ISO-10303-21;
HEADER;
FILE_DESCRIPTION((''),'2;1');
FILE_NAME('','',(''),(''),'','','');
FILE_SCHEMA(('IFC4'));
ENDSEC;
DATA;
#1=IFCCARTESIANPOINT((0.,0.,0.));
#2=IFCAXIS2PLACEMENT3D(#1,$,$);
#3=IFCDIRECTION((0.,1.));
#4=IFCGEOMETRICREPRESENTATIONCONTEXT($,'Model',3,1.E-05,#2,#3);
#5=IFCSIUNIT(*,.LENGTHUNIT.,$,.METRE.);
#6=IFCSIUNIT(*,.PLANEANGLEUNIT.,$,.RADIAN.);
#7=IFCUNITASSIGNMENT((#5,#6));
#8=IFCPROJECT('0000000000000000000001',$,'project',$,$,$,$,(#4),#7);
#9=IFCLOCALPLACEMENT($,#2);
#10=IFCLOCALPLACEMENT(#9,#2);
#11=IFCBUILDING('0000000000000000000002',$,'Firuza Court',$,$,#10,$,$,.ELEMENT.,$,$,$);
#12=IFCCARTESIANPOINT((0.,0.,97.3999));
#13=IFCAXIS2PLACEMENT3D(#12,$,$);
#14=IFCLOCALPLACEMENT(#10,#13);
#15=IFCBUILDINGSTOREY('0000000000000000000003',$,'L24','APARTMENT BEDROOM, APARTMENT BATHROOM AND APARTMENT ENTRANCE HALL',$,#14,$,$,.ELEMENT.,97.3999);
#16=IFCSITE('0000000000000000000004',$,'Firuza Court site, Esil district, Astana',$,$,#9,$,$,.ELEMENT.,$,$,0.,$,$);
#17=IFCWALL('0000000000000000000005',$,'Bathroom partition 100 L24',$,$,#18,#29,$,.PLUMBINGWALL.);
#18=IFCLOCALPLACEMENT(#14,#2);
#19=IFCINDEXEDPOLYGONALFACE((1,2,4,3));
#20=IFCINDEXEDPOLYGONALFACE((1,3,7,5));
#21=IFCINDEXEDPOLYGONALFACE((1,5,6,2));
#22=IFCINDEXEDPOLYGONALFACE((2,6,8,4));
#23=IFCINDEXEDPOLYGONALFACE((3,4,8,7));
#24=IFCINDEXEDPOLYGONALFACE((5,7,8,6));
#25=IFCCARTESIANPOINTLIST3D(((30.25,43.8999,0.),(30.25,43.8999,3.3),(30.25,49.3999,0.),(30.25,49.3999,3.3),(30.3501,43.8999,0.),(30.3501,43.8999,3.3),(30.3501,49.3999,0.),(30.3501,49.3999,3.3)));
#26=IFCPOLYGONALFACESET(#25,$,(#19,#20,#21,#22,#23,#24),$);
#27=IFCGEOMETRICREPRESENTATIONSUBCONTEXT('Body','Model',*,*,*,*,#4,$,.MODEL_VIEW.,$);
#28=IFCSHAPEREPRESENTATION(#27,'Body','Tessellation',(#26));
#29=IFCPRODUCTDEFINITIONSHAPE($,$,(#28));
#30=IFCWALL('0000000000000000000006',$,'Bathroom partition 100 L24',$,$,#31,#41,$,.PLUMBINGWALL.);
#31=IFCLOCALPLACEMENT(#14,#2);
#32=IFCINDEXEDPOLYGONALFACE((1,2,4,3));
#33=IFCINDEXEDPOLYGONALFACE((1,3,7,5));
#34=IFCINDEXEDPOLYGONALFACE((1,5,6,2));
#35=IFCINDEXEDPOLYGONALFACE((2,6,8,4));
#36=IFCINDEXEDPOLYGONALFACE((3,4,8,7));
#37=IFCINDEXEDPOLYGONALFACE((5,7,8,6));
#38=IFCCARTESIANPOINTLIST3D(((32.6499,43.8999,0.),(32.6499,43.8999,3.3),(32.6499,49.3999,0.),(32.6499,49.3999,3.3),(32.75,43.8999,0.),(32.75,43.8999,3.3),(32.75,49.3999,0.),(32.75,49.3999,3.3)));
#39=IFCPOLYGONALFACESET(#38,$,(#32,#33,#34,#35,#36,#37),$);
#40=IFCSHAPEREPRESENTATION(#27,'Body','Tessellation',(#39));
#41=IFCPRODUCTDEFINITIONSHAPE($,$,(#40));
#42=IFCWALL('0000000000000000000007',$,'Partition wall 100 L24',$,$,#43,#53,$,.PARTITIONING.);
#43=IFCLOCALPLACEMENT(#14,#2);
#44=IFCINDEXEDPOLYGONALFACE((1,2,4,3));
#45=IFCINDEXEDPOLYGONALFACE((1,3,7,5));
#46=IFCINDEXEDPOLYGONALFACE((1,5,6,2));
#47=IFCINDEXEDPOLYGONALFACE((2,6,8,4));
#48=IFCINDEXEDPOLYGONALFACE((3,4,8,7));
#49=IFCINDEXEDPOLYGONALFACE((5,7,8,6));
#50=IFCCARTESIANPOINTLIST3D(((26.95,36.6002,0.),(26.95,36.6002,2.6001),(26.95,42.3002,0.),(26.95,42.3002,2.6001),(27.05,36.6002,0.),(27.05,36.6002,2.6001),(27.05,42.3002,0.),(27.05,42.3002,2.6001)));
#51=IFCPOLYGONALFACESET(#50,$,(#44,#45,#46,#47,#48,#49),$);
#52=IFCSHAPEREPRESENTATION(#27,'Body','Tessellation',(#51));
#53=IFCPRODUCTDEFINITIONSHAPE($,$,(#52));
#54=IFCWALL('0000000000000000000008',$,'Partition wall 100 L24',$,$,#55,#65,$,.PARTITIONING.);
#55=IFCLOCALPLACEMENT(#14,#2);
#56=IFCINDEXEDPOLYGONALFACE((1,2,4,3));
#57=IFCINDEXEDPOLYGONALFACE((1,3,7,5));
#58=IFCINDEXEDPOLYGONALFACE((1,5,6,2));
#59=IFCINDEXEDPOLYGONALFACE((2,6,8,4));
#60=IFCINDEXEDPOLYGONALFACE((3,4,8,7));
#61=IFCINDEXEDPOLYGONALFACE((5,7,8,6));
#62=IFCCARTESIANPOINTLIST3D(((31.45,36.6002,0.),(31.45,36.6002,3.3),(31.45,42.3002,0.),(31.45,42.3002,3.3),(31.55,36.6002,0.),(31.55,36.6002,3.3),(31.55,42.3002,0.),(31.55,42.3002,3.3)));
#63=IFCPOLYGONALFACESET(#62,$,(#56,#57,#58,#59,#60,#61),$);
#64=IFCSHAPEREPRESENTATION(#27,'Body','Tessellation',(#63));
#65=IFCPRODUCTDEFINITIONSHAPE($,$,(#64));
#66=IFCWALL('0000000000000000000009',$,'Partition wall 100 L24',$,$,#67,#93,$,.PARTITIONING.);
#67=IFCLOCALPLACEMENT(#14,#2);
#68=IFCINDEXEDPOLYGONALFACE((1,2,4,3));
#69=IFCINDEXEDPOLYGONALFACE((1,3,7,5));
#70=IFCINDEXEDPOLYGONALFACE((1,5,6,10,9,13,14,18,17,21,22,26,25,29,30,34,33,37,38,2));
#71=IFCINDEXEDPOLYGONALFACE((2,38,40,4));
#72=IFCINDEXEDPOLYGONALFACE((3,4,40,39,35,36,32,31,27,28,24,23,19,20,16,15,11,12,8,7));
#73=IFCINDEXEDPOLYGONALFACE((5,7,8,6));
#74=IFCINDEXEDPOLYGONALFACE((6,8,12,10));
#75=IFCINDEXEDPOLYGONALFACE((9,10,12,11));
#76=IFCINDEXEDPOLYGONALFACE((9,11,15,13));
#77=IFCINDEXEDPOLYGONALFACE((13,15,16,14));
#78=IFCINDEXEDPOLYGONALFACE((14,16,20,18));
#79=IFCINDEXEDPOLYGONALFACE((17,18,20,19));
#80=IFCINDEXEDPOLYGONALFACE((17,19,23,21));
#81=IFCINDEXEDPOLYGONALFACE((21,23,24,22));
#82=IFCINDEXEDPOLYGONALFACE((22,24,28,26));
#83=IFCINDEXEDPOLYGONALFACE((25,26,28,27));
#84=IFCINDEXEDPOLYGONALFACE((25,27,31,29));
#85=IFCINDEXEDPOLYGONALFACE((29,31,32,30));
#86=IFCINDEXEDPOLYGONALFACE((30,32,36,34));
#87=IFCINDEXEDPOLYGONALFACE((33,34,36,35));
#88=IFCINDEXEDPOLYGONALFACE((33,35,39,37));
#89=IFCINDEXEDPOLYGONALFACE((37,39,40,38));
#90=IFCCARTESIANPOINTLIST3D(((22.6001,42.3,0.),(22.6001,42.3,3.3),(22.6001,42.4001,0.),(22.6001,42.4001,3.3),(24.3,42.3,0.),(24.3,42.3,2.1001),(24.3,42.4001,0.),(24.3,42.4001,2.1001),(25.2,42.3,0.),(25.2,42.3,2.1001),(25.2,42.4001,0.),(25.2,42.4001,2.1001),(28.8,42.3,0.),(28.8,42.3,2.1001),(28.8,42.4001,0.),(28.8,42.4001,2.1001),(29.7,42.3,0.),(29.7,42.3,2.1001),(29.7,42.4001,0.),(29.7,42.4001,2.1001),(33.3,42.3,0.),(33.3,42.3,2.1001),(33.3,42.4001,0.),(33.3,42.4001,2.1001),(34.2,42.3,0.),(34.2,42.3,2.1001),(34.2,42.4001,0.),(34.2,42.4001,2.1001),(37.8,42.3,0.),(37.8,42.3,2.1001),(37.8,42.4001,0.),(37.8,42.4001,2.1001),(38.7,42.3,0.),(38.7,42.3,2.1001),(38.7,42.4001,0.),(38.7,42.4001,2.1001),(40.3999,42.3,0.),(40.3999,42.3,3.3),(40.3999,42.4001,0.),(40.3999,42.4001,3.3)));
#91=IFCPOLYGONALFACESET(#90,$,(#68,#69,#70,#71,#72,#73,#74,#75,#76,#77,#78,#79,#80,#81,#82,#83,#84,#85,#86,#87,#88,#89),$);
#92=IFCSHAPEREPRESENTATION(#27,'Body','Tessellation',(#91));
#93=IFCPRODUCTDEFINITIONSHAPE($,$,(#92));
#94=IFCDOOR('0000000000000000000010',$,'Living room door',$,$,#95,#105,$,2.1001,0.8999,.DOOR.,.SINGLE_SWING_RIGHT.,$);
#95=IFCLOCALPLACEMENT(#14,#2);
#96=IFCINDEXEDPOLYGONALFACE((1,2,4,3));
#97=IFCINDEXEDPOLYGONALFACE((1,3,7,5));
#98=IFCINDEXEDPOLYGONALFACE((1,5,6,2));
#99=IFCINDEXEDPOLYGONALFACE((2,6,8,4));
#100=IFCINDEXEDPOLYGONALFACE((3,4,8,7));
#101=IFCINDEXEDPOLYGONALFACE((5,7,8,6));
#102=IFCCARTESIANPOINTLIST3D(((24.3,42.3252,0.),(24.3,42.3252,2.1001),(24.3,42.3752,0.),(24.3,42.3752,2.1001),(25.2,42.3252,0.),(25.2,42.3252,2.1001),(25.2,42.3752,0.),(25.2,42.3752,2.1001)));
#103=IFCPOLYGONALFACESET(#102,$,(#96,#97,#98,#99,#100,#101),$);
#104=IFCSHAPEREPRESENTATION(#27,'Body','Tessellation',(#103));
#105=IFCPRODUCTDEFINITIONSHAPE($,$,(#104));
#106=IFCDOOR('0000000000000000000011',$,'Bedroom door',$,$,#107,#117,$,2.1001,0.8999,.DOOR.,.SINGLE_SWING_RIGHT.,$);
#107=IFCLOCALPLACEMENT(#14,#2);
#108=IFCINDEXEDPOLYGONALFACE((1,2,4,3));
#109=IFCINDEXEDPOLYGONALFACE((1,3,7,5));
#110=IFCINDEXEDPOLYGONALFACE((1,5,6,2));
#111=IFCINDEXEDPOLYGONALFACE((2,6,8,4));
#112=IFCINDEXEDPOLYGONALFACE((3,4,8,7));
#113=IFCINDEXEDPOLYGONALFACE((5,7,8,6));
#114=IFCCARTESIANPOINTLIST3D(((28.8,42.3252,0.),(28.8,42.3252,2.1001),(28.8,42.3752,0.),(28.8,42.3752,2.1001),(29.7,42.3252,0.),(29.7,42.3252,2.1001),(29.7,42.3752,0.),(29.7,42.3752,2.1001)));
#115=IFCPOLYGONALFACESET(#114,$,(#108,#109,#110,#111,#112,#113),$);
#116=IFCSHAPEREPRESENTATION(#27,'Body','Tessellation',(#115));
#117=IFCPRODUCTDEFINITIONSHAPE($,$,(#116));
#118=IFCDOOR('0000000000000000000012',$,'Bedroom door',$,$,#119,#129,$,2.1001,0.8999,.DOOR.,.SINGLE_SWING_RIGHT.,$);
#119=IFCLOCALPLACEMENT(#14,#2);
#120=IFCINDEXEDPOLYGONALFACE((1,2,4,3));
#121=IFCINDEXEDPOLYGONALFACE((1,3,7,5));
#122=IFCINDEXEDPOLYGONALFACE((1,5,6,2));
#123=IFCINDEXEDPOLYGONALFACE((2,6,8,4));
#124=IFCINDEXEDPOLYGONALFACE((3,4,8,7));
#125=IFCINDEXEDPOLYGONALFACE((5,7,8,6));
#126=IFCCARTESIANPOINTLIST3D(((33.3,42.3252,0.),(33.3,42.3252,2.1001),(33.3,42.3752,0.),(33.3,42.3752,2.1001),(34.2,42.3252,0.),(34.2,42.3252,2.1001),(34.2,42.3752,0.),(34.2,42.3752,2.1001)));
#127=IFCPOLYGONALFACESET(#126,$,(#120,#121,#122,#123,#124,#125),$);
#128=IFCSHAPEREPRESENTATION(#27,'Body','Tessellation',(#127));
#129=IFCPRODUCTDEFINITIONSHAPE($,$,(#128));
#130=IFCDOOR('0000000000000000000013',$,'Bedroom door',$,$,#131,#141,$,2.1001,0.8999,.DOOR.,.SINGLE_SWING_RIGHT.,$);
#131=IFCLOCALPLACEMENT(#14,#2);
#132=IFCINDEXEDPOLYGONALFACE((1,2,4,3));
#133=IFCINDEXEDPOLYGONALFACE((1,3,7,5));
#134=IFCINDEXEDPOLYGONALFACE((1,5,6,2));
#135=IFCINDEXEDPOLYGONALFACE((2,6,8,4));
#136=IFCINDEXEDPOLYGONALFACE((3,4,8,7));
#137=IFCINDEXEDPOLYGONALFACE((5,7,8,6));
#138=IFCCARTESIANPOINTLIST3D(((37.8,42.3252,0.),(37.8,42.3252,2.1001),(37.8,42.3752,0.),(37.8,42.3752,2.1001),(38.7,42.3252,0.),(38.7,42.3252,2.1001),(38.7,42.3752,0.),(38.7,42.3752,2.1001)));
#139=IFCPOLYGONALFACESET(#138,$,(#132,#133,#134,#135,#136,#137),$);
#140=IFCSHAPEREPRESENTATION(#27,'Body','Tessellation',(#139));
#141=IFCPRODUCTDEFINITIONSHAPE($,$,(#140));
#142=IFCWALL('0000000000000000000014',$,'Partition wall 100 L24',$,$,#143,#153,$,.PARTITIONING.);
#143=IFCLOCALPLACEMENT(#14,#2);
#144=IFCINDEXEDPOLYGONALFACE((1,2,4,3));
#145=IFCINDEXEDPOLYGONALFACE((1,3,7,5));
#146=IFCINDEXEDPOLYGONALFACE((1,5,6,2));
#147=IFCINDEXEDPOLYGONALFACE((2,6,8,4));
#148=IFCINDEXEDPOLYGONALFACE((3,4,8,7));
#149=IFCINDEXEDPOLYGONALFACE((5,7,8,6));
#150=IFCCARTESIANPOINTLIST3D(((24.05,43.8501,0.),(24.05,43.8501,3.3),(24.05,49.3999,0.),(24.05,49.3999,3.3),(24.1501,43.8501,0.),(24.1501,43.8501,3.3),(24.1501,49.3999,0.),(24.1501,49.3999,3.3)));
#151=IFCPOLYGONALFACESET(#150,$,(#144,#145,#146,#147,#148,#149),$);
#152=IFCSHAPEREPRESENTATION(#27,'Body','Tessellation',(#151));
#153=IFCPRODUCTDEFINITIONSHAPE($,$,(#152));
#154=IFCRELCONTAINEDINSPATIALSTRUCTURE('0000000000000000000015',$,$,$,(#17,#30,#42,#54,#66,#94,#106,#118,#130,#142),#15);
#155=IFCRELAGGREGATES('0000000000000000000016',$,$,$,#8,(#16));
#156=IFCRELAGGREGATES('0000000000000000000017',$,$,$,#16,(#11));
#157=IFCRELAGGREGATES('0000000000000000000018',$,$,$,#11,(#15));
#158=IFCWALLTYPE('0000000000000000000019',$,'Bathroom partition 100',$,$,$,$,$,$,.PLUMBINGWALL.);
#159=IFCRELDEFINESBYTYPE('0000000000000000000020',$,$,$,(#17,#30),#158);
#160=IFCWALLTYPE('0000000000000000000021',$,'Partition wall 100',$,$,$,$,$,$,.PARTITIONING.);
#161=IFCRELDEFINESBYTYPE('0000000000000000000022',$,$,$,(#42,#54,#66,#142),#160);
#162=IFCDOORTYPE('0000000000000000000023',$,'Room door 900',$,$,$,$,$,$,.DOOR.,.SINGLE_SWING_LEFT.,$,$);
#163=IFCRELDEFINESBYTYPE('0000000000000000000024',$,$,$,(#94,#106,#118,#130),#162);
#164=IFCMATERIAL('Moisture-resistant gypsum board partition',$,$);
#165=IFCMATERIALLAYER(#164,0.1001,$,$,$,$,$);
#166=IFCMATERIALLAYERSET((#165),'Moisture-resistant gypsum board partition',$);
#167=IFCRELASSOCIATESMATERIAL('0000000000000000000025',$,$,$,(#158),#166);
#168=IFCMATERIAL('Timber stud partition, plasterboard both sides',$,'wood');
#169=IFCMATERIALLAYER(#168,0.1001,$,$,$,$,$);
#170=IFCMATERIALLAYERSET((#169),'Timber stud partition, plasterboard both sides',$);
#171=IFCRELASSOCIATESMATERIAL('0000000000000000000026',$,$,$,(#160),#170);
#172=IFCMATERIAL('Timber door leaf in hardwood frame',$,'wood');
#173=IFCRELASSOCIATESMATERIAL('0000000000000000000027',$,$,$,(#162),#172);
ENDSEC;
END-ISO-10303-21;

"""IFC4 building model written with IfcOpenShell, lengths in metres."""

from ifc_helpers import new_model, si_unit, direction, frame, frame_2d, origin, place, context, subcontext, project, spatial, rectangle, extrude, material, layer, layer_set, type_object, element, fill, save


model = new_model("IFC4")

# Units and contexts
model_context = context("Model", 3, precision=1e-05, world=origin(), true_north=direction((0.0, 1.0)))
body_context = subcontext(model_context, "Body", "Model", "MODEL_VIEW")
ifc_project = project(units=[si_unit("LENGTHUNIT", "METRE"), si_unit("PLANEANGLEUNIT", "RADIAN")], contexts=[model_context])

# Site, building, storey
site_placement = place(None, origin())
site = spatial("IfcSite", under=ifc_project, at=site_placement, Name="Firuza Court site, Esil district, Astana", CompositionType="ELEMENT", RefElevation=0.0)
building_placement = place(site_placement, origin())
building = spatial("IfcBuilding", under=site, at=building_placement, Name="Firuza Court", CompositionType="ELEMENT")
storey_placement = place(building_placement, frame((0.0, 0.0, 97.3999)))
storey = spatial("IfcBuildingStorey", under=building, at=storey_placement, Name="L24", Description="APARTMENT BEDROOM, APARTMENT BATHROOM AND APARTMENT ENTRANCE HALL", CompositionType="ELEMENT", Elevation=97.3999)

# Walls
ifc_material_1 = material(Name="Moisture-resistant gypsum board partition")
ifc_layer_1 = layer(ifc_material_1, 0.1001)
ifc_layer_set_1 = layer_set([ifc_layer_1], Name="Moisture-resistant gypsum board partition")
wall_type_1 = type_object("IfcWallType", Name="Bathroom partition 100", PredefinedType="PLUMBINGWALL", material=ifc_layer_set_1)
for number, where, z_axis, x_axis, name in (
    (1, (30.3, 43.8999, 0.0), (0.0, 0.0, 1.0), (0.0, 1.0, 0.0), "Bathroom partition 100 L24"),
    (2, (32.7, 43.8999, 0.0), (0.0, 0.0, 1.0), (0.0, 1.0, 0.0), "Bathroom partition 100 L24"),
):
    element("IfcWall", number, at=place(storey_placement, frame(where, z_axis=z_axis, x_axis=x_axis)), inside=storey, type_object=wall_type_1, Name=name, PredefinedType="PLUMBINGWALL", context=body_context, shape_type="SweptSolid", body=[
        extrude(rectangle(XDim=5.5, YDim=0.1001, at=frame_2d((2.75, 0.0))), origin(), (0.0, 0.0, 1.0), 3.3),
    ])
ifc_material_2 = material(Name="Timber stud partition, plasterboard both sides", Category="wood")
ifc_layer_2 = layer(ifc_material_2, 0.1001)
ifc_layer_set_2 = layer_set([ifc_layer_2], Name="Timber stud partition, plasterboard both sides")
wall_type_2 = type_object("IfcWallType", Name="Partition wall 100", PredefinedType="PARTITIONING", material=ifc_layer_set_2)
wall_1_placement = place(storey_placement, frame((27.0, 36.6001, 0.0), z_axis=(0.0, 0.0, 1.0), x_axis=(0.0, 1.0, 0.0)))
element("IfcWall", 3, at=wall_1_placement, inside=storey, type_object=wall_type_2, Name="Partition wall 100 L24", PredefinedType="PARTITIONING", context=body_context, shape_type="SweptSolid", body=[
    extrude(rectangle(XDim=5.7, YDim=0.1001, at=frame_2d((2.8501, 0.0))), origin(), (0.0, 0.0, 1.0), 2.6001),
])
wall_2_placement = place(storey_placement, frame((31.5, 36.6001, 0.0), z_axis=(0.0, 0.0, 1.0), x_axis=(0.0, 1.0, 0.0)))
element("IfcWall", 4, at=wall_2_placement, inside=storey, type_object=wall_type_2, Name="Partition wall 100 L24", PredefinedType="PARTITIONING", context=body_context, shape_type="SweptSolid", body=[
    extrude(rectangle(XDim=5.7, YDim=0.1001, at=frame_2d((2.8501, 0.0))), origin(), (0.0, 0.0, 1.0), 3.3),
])

# Wall, openings, doors
wall_3_placement = place(storey_placement, frame((22.6001, 42.3501, 0.0), z_axis=(0.0, 0.0, 1.0), x_axis=(1.0, 0.0, 0.0)))
wall_3 = element("IfcWall", 5, at=wall_3_placement, inside=storey, type_object=wall_type_2, Name="Partition wall 100 L24", PredefinedType="PARTITIONING", context=body_context, shape_type="SweptSolid", body=[
    extrude(rectangle(XDim=17.7998, YDim=0.1001, at=frame_2d((8.8999, 0.0))), origin(), (0.0, 0.0, 1.0), 3.3),
])
opening_1_placement = place(wall_3_placement, frame((1.7, 0.0, 0.0)))
opening_1 = element("IfcOpeningElement", 6, at=opening_1_placement, cuts=wall_3, PredefinedType="OPENING", context=body_context, shape_type="SweptSolid", body=[
    extrude(rectangle(XDim=0.8999, YDim=2.1001, at=frame_2d((0.45, 1.05))), frame((0.0, 0.062, 0.0), z_axis=(0.0, -1.0, 0.0), x_axis=(1.0, 0.0, 0.0)), (0.0, 0.0, 1.0), 0.124),
])
opening_2_placement = place(wall_3_placement, frame((6.2, 0.0, 0.0)))
opening_2 = element("IfcOpeningElement", 7, at=opening_2_placement, cuts=wall_3, PredefinedType="OPENING", context=body_context, shape_type="SweptSolid", body=[
    extrude(rectangle(XDim=0.8999, YDim=2.1001, at=frame_2d((0.45, 1.05))), frame((0.0, 0.062, 0.0), z_axis=(0.0, -1.0, 0.0), x_axis=(1.0, 0.0, 0.0)), (0.0, 0.0, 1.0), 0.124),
])
opening_3_placement = place(wall_3_placement, frame((10.7, 0.0, 0.0)))
opening_3 = element("IfcOpeningElement", 8, at=opening_3_placement, cuts=wall_3, PredefinedType="OPENING", context=body_context, shape_type="SweptSolid", body=[
    extrude(rectangle(XDim=0.8999, YDim=2.1001, at=frame_2d((0.45, 1.05))), frame((0.0, 0.062, 0.0), z_axis=(0.0, -1.0, 0.0), x_axis=(1.0, 0.0, 0.0)), (0.0, 0.0, 1.0), 0.124),
])
opening_4_placement = place(wall_3_placement, frame((15.2, 0.0, 0.0)))
opening_4 = element("IfcOpeningElement", 9, at=opening_4_placement, cuts=wall_3, PredefinedType="OPENING", context=body_context, shape_type="SweptSolid", body=[
    extrude(rectangle(XDim=0.8999, YDim=2.1001, at=frame_2d((0.45, 1.05))), frame((0.0, 0.062, 0.0), z_axis=(0.0, -1.0, 0.0), x_axis=(1.0, 0.0, 0.0)), (0.0, 0.0, 1.0), 0.124),
])
ifc_material_3 = material(Name="Timber door leaf in hardwood frame", Category="wood")
door_type_1 = type_object("IfcDoorType", Name="Room door 900", OperationType="SINGLE_SWING_LEFT", PredefinedType="DOOR", material=ifc_material_3)
door_1_placement = place(opening_1_placement, frame((0.8999, 0.0, 0.0), z_axis=(0.0, 0.0, 1.0), x_axis=(-1.0, 0.0, 0.0)))
door_1 = element("IfcDoor", 10, at=door_1_placement, inside=storey, type_object=door_type_1, Name="Living room door", OperationType="SINGLE_SWING_RIGHT", OverallHeight=2.1001, OverallWidth=0.8999, PredefinedType="DOOR", context=body_context, shape_type="SweptSolid", body=[
    extrude(rectangle(XDim=0.8999, YDim=2.1001, at=frame_2d((0.45, 1.05))), frame((0.0, 0.0249, 0.0), z_axis=(0.0, -1.0, 0.0), x_axis=(1.0, 0.0, 0.0)), (0.0, 0.0, 1.0), 0.05),
])
fill(opening_1, door_1)
door_2_placement = place(opening_2_placement, frame((0.8999, 0.0, 0.0), z_axis=(0.0, 0.0, 1.0), x_axis=(-1.0, 0.0, 0.0)))
door_2 = element("IfcDoor", 11, at=door_2_placement, inside=storey, type_object=door_type_1, Name="Bedroom door", OperationType="SINGLE_SWING_RIGHT", OverallHeight=2.1001, OverallWidth=0.8999, PredefinedType="DOOR", context=body_context, shape_type="SweptSolid", body=[
    extrude(rectangle(XDim=0.8999, YDim=2.1001, at=frame_2d((0.45, 1.05))), frame((0.0, 0.0249, 0.0), z_axis=(0.0, -1.0, 0.0), x_axis=(1.0, 0.0, 0.0)), (0.0, 0.0, 1.0), 0.05),
])
fill(opening_2, door_2)
door_3_placement = place(opening_3_placement, frame((0.8999, 0.0, 0.0), z_axis=(0.0, 0.0, 1.0), x_axis=(-1.0, 0.0, 0.0)))
door_3 = element("IfcDoor", 12, at=door_3_placement, inside=storey, type_object=door_type_1, Name="Bedroom door", OperationType="SINGLE_SWING_RIGHT", OverallHeight=2.1001, OverallWidth=0.8999, PredefinedType="DOOR", context=body_context, shape_type="SweptSolid", body=[
    extrude(rectangle(XDim=0.8999, YDim=2.1001, at=frame_2d((0.45, 1.05))), frame((0.0, 0.0249, 0.0), z_axis=(0.0, -1.0, 0.0), x_axis=(1.0, 0.0, 0.0)), (0.0, 0.0, 1.0), 0.05),
])
fill(opening_3, door_3)
door_4_placement = place(opening_4_placement, frame((0.8999, 0.0, 0.0), z_axis=(0.0, 0.0, 1.0), x_axis=(-1.0, 0.0, 0.0)))
door_4 = element("IfcDoor", 13, at=door_4_placement, inside=storey, type_object=door_type_1, Name="Bedroom door", OperationType="SINGLE_SWING_RIGHT", OverallHeight=2.1001, OverallWidth=0.8999, PredefinedType="DOOR", context=body_context, shape_type="SweptSolid", body=[
    extrude(rectangle(XDim=0.8999, YDim=2.1001, at=frame_2d((0.45, 1.05))), frame((0.0, 0.0249, 0.0), z_axis=(0.0, -1.0, 0.0), x_axis=(1.0, 0.0, 0.0)), (0.0, 0.0, 1.0), 0.05),
])
fill(opening_4, door_4)

# Wall
wall_4_placement = place(storey_placement, frame((24.1001, 43.8501, 0.0), z_axis=(0.0, 0.0, 1.0), x_axis=(0.0, 1.0, 0.0)))
element("IfcWall", 14, at=wall_4_placement, inside=storey, type_object=wall_type_2, Name="Partition wall 100 L24", PredefinedType="PARTITIONING", context=body_context, shape_type="SweptSolid", body=[
    extrude(rectangle(XDim=5.5498, YDim=0.1001, at=frame_2d((2.7749, 0.0))), origin(), (0.0, 0.0, 1.0), 3.3),
])

save(model, "model.ifc")
